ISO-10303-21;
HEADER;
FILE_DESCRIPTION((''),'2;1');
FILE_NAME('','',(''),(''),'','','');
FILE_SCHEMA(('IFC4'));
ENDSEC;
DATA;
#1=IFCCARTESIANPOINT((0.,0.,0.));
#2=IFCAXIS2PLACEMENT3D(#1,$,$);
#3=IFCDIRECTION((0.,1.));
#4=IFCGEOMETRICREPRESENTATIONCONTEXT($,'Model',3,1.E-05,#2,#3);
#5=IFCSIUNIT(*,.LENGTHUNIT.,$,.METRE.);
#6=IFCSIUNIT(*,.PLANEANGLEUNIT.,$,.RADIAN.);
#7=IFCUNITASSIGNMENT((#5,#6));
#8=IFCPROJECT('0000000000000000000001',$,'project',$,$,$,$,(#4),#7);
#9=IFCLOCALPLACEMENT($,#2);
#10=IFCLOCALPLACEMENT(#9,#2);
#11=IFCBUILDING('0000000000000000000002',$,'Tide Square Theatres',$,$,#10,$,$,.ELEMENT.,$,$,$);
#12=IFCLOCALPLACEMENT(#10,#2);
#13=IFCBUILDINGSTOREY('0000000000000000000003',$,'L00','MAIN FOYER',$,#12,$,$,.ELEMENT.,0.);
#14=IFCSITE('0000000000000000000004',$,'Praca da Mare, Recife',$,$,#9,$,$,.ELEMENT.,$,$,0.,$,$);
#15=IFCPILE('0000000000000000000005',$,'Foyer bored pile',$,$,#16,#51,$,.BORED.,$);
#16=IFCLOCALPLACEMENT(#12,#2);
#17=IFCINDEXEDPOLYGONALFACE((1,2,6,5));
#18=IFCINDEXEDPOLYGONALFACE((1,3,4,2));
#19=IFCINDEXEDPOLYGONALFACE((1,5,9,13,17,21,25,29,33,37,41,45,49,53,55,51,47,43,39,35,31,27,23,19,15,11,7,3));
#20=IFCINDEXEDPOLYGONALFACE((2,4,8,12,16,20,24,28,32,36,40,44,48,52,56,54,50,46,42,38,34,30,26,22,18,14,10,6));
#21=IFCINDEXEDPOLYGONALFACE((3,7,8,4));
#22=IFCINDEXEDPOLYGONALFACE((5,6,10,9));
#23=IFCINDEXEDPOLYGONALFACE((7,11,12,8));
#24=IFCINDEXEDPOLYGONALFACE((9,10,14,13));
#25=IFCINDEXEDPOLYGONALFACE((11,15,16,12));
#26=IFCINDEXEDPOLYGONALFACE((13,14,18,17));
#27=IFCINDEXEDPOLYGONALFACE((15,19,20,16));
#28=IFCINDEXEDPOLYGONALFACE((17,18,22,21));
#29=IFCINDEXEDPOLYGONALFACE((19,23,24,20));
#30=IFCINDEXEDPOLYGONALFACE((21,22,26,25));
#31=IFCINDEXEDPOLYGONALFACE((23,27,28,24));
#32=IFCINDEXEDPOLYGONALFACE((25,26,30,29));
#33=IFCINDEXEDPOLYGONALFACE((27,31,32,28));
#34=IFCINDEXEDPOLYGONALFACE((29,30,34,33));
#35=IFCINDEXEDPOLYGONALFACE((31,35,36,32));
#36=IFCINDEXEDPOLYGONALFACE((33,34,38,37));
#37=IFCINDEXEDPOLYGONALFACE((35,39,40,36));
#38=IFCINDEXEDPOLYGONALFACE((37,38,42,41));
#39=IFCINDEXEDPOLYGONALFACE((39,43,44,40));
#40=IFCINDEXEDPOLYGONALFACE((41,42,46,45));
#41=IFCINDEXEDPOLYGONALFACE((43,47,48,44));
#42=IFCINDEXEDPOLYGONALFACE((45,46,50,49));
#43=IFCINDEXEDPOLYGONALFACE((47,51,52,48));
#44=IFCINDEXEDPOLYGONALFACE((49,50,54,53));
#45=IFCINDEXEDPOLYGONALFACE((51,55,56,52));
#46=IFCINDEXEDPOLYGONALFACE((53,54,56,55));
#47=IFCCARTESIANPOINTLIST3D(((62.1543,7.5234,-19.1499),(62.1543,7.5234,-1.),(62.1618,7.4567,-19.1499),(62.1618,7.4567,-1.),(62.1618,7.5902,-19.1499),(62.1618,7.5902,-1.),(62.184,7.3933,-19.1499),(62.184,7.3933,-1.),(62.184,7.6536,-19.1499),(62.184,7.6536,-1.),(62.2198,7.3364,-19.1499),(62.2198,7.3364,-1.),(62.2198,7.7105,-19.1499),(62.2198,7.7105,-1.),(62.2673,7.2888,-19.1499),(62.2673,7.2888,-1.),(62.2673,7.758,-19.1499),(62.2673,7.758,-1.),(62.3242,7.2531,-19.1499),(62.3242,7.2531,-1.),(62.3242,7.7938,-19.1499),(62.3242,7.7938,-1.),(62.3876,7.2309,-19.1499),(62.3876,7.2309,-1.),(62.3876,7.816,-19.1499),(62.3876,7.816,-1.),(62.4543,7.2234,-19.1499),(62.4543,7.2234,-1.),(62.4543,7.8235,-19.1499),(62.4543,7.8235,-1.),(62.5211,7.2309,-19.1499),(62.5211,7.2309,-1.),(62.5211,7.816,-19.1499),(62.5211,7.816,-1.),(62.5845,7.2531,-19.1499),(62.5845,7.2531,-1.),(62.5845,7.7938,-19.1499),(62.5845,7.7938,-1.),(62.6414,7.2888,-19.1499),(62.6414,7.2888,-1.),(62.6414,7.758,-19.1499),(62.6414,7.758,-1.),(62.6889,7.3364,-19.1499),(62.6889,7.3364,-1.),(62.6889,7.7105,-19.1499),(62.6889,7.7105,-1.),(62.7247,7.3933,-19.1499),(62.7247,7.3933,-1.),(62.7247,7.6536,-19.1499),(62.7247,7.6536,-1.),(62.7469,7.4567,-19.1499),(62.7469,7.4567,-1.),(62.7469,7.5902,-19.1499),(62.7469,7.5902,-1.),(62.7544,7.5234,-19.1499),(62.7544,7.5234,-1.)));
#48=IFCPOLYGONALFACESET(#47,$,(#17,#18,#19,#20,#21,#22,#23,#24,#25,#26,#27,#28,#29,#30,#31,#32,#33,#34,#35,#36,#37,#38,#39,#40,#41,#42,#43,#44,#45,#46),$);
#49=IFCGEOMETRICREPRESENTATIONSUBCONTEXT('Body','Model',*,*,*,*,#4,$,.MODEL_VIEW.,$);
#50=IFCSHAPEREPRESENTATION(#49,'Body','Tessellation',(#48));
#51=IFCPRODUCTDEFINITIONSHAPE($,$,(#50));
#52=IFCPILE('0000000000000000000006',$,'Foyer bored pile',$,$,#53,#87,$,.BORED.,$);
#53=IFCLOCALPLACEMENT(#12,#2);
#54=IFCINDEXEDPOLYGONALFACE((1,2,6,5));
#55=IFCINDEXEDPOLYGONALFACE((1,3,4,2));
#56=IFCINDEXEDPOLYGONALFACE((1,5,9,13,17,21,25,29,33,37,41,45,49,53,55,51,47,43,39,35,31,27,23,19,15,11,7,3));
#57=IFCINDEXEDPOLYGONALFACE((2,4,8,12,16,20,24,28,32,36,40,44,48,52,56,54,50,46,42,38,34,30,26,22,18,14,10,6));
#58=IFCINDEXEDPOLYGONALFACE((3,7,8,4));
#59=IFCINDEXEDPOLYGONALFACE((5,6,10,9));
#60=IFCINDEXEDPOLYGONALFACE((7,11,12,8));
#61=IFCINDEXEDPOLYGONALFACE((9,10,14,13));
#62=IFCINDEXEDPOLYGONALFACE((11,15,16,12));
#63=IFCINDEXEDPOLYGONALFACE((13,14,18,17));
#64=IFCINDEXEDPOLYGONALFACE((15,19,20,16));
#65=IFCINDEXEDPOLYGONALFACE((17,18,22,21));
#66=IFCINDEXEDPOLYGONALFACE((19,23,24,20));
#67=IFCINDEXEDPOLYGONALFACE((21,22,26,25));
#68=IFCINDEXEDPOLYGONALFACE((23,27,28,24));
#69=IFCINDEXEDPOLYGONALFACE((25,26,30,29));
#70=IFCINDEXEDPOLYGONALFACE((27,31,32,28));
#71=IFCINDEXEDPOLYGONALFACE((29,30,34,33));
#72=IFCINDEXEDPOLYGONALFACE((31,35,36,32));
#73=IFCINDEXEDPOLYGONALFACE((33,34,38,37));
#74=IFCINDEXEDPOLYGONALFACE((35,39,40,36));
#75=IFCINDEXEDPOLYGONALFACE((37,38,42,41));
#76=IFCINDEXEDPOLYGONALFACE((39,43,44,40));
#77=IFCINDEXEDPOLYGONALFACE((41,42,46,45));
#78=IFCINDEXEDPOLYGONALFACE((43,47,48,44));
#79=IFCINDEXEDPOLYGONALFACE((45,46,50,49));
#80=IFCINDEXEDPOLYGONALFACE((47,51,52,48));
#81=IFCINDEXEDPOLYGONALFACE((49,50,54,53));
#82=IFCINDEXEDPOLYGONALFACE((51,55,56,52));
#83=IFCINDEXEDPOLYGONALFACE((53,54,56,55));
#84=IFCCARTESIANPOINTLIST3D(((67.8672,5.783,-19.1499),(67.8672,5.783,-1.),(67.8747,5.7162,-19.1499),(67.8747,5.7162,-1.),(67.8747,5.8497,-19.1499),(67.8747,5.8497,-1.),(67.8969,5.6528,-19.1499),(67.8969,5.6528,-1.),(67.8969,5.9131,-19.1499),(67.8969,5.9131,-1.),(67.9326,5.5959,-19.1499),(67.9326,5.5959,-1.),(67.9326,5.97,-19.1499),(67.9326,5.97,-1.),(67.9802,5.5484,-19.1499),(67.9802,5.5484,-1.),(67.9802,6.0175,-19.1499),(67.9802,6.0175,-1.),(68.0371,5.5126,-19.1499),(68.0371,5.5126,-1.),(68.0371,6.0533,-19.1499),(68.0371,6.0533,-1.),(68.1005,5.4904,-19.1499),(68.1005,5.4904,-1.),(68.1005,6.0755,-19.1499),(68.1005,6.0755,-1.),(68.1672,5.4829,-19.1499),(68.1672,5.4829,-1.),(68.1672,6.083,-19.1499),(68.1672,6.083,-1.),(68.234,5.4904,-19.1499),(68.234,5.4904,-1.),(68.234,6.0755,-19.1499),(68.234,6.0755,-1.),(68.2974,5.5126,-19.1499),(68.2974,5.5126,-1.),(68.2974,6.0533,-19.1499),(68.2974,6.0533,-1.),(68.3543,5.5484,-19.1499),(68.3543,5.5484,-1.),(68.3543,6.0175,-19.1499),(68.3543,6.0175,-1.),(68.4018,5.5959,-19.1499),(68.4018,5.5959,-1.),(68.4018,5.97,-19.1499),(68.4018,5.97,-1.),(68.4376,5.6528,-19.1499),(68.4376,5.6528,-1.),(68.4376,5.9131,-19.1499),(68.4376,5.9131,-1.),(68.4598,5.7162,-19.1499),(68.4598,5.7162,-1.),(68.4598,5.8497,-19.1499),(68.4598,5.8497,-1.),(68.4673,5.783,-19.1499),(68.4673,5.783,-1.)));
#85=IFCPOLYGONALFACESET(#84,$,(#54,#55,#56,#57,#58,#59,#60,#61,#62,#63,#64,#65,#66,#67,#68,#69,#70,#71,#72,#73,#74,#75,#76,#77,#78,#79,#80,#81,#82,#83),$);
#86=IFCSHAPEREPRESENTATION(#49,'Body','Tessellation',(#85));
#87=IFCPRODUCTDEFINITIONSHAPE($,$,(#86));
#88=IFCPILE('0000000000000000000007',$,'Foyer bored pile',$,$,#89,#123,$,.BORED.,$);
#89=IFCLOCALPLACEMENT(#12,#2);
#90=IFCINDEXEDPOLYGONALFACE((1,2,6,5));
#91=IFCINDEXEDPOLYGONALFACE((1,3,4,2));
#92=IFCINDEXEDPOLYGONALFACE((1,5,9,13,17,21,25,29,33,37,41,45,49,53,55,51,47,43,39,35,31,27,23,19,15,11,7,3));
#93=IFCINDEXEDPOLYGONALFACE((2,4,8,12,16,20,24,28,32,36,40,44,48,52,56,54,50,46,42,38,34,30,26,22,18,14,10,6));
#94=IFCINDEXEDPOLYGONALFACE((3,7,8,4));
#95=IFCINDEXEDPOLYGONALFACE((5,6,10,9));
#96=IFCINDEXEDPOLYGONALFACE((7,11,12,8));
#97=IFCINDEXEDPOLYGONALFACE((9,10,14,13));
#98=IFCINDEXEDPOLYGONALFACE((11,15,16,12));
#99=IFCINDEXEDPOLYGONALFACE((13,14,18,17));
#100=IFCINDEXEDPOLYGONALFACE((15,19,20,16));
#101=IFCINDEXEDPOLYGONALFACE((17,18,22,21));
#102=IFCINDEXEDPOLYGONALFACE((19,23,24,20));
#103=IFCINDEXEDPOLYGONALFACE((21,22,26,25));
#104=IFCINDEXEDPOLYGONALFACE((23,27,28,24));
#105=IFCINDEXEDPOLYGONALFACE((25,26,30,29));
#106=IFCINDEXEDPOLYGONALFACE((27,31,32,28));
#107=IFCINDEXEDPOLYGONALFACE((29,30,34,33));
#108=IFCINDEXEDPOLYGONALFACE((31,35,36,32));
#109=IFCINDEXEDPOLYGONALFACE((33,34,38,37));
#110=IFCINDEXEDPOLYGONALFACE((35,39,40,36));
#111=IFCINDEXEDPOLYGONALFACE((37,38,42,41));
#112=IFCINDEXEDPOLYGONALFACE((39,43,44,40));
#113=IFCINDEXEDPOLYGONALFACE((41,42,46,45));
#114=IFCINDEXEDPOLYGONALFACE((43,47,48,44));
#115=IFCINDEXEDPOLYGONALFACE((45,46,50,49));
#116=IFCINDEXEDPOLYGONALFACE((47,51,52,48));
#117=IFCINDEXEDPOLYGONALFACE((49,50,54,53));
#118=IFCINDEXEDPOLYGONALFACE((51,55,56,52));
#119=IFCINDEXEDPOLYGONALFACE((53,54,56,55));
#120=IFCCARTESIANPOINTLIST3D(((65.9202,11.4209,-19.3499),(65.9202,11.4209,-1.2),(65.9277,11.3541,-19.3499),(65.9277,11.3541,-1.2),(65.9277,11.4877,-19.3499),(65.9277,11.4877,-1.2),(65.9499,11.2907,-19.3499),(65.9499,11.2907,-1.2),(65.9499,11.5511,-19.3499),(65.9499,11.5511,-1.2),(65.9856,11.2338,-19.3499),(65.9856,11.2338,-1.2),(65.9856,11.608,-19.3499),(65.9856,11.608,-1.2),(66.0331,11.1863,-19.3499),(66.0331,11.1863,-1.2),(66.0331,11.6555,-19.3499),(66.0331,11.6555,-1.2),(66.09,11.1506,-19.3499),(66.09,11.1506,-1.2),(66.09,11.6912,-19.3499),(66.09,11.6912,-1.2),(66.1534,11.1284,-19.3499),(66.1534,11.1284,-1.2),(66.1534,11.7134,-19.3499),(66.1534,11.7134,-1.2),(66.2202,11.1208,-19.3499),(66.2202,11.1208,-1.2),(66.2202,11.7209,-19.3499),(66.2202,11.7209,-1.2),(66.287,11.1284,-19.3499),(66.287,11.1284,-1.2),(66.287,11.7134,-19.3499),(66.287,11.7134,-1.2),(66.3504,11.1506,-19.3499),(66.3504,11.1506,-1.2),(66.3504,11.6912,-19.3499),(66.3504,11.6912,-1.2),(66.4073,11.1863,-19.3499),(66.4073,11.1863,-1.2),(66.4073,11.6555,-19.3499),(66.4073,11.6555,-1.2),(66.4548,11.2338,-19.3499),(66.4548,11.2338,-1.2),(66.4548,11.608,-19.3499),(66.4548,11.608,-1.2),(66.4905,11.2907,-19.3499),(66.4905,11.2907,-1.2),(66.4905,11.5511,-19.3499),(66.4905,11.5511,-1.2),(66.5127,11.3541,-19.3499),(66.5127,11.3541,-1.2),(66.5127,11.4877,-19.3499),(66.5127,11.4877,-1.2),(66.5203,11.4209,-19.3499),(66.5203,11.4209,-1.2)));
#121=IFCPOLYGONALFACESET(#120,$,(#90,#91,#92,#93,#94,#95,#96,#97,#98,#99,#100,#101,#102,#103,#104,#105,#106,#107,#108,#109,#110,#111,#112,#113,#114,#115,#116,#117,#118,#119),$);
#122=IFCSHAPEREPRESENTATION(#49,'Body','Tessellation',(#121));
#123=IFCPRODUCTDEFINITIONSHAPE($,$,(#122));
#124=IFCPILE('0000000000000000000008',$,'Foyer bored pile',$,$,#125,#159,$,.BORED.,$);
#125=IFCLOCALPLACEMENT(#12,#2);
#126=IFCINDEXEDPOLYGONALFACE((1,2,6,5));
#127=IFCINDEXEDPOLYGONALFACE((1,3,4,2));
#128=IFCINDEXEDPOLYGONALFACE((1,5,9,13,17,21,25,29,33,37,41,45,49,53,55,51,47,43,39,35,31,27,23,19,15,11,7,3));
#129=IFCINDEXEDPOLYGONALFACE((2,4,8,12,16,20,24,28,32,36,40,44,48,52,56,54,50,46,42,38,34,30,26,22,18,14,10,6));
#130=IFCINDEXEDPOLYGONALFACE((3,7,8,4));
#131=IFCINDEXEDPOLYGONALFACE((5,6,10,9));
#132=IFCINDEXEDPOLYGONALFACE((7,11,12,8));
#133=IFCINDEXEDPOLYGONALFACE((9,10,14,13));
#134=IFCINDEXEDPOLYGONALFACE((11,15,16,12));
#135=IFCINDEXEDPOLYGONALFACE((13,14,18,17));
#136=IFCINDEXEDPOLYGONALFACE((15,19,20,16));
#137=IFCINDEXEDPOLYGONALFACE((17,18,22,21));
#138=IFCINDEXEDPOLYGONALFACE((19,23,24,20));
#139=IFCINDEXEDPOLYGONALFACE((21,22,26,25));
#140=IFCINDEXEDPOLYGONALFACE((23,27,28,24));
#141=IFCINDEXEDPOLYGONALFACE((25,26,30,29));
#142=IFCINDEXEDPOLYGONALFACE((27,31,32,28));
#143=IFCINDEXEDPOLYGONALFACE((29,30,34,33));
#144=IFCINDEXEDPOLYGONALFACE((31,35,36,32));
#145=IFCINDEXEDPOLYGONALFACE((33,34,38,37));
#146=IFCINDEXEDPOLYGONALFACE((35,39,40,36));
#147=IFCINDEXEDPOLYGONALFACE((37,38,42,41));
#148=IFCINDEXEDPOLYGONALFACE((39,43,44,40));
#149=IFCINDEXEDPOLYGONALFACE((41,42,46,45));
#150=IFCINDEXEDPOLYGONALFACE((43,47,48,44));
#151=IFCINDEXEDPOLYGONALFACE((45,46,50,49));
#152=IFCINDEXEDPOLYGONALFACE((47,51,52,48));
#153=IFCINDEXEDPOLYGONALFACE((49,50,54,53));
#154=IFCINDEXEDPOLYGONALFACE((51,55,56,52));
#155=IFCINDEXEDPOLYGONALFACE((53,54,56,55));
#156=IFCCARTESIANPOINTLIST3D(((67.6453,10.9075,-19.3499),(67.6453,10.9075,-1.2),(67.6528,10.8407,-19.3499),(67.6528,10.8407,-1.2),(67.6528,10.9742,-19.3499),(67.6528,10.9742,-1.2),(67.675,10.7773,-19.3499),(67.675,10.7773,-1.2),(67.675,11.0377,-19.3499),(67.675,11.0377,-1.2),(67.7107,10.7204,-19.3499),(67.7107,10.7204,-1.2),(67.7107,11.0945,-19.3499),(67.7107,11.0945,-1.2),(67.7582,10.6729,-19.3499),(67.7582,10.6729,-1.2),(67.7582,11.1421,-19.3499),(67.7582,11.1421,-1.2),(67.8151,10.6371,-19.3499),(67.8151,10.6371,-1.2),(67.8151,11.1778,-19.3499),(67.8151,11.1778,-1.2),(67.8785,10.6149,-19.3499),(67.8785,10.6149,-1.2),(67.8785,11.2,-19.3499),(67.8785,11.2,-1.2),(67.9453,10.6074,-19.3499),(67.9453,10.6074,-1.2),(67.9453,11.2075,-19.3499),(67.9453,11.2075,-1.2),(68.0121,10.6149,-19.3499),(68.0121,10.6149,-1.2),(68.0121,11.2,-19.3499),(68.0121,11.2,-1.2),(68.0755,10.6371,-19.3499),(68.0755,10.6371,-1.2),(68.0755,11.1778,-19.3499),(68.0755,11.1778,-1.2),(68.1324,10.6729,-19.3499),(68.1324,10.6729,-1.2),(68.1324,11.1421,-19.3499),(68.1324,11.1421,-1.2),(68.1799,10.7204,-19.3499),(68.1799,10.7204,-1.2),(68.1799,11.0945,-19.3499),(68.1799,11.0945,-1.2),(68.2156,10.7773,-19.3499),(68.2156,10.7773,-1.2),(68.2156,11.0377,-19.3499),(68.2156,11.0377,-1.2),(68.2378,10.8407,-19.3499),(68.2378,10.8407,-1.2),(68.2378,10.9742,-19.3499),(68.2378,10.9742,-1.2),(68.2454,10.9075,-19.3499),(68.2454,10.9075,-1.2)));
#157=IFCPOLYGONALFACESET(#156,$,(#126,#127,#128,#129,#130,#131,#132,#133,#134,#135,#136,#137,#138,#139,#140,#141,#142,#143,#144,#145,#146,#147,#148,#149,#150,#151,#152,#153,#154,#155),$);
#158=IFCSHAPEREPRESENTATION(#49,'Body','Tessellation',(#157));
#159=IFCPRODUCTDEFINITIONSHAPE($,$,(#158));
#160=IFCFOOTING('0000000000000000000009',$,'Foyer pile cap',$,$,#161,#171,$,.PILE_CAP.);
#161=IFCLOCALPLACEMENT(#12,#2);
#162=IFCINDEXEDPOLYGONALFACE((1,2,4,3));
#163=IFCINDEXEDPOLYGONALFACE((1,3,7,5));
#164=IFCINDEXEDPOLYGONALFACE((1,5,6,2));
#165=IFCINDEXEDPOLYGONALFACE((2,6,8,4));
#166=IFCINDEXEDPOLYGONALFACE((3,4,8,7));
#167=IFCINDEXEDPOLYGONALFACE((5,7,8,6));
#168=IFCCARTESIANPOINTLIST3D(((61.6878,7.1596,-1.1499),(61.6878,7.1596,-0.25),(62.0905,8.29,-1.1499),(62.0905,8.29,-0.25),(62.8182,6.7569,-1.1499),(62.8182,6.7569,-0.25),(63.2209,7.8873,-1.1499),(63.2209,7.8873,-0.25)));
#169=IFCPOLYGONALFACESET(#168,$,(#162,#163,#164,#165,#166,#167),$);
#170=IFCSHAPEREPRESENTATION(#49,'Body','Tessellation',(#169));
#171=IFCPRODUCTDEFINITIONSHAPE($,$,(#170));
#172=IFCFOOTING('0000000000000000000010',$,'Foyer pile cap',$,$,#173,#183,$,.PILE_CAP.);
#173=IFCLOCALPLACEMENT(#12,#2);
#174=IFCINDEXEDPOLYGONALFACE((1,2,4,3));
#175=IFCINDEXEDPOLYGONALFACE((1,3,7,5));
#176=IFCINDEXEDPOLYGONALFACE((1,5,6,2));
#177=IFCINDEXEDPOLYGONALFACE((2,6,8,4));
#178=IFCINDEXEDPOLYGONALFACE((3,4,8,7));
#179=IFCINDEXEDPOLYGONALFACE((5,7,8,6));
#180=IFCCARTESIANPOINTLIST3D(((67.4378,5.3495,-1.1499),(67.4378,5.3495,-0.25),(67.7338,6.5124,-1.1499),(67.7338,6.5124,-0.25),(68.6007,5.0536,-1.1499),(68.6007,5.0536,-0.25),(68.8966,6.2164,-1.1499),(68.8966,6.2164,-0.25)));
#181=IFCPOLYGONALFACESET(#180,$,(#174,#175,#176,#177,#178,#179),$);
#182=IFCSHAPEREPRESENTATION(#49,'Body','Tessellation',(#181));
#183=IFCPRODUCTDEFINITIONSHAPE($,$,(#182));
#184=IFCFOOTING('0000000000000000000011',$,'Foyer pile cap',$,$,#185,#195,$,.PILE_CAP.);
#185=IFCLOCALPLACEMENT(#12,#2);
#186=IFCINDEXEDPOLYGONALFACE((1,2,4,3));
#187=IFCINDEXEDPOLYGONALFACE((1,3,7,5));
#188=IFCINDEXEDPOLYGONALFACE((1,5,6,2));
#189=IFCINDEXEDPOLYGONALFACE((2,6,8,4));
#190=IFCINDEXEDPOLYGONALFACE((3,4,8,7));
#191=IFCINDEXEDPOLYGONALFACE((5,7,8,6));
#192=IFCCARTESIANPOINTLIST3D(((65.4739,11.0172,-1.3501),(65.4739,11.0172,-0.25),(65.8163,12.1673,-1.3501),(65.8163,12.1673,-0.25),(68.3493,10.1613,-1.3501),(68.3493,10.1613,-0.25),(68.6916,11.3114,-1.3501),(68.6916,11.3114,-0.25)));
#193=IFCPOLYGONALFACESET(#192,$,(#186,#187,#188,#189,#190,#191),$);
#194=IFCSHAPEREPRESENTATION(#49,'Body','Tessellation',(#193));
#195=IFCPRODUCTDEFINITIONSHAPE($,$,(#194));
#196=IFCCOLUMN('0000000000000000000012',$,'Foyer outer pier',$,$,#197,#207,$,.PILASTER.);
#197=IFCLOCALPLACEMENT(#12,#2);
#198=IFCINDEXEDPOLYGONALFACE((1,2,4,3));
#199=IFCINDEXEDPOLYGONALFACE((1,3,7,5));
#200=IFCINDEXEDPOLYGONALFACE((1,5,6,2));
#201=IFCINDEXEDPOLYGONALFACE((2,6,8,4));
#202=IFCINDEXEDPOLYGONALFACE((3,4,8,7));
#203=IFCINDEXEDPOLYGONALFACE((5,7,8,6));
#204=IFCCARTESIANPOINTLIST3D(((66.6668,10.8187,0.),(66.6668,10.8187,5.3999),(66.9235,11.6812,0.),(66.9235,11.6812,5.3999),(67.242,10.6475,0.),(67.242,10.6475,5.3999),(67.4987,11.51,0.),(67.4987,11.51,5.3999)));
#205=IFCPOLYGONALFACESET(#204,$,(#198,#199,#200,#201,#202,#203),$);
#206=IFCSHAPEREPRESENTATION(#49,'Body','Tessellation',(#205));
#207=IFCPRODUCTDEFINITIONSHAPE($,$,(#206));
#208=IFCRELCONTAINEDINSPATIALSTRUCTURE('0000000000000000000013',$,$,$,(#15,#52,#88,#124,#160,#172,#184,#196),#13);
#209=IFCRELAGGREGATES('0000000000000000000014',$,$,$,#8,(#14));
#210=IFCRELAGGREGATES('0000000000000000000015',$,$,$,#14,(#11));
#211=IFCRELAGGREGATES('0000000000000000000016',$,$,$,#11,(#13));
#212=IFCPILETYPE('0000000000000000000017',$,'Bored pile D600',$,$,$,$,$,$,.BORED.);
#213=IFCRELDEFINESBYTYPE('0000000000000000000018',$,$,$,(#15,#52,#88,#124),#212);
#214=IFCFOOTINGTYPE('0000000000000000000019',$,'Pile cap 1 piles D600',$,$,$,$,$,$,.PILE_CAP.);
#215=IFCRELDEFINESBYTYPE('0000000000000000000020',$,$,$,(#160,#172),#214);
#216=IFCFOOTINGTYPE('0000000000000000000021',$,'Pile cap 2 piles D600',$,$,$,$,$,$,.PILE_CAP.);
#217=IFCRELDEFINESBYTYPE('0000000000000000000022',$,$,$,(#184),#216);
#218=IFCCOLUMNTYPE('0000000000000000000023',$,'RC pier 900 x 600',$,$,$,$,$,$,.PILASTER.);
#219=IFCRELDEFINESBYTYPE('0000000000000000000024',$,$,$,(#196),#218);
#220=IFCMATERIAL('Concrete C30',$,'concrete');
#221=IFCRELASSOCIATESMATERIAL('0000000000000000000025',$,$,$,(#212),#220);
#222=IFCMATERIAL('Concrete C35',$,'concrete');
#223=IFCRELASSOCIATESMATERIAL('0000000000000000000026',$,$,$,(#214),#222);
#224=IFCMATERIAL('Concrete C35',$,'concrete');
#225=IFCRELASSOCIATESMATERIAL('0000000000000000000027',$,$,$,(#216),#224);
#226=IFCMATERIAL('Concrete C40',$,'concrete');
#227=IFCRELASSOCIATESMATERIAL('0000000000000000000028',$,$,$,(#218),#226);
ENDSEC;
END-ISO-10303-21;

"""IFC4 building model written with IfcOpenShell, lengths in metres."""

from ifc_helpers import new_model, si_unit, direction, frame, origin, origin_2d, place, context, subcontext, project, spatial, rectangle, circle, extrude, material, material_profile, profile_set, type_object, element, save


model = new_model("IFC4")

# Units and contexts
model_context = context("Model", 3, precision=1e-05, world=origin(), true_north=direction((0.0, 1.0)))
body_context = subcontext(model_context, "Body", "Model", "MODEL_VIEW")
ifc_project = project(units=[si_unit("LENGTHUNIT", "METRE"), si_unit("PLANEANGLEUNIT", "RADIAN")], contexts=[model_context])

# Site, building, storey
site_placement = place(None, origin())
site = spatial("IfcSite", under=ifc_project, at=site_placement, Name="Praca da Mare, Recife", CompositionType="ELEMENT", RefElevation=0.0)
building_placement = place(site_placement, origin())
building = spatial("IfcBuilding", under=site, at=building_placement, Name="Tide Square Theatres", CompositionType="ELEMENT")
storey_placement = place(building_placement, origin())
storey = spatial("IfcBuildingStorey", under=building, at=storey_placement, Name="L00", Description="MAIN FOYER", CompositionType="ELEMENT", Elevation=0.0)

# Piles
ifc_material_1 = material(Name="Concrete C30", Category="concrete")
ifc_material_profile_1 = material_profile(ifc_material_1, circle(Radius=0.3, at=origin_2d()))
ifc_profile_set_1 = profile_set([ifc_material_profile_1], Name="Concrete C30")
pile_type = type_object("IfcPileType", Name="Bored pile D600", PredefinedType="BORED", material=ifc_profile_set_1)
for number, where, z_axis, x_axis, name in (
    (1, (62.4543, 7.5234, -1.0), (0.0, 0.0, -1.0), (1.0, 0.0, 0.0), "Foyer bored pile"),
    (2, (68.1672, 5.783, -1.0), (0.0, 0.0, -1.0), (1.0, 0.0, 0.0), "Foyer bored pile"),
    (3, (66.2202, 11.4209, -1.2), (0.0, 0.0, -1.0), (1.0, 0.0, 0.0), "Foyer bored pile"),
    (4, (67.9453, 10.9075, -1.2), (0.0, 0.0, -1.0), (1.0, 0.0, 0.0), "Foyer bored pile"),
):
    element("IfcPile", number, at=place(storey_placement, frame(where, z_axis=z_axis, x_axis=x_axis)), inside=storey, type_object=pile_type, Name=name, PredefinedType="BORED", context=body_context, shape_type="SweptSolid", body=[
        extrude(circle(Radius=0.3, at=origin_2d()), origin(), (0.0, 0.0, 1.0), 18.1499),
    ])

# Footings
ifc_material_2 = material(Name="Concrete C35", Category="concrete")
footing_type_1 = type_object("IfcFootingType", Name="Pile cap 1 piles D600", PredefinedType="PILE_CAP", material=ifc_material_2)
for number, where, z_axis, x_axis, name in (
    (5, (62.4543, 7.5234, -1.1499), (0.0, 0.0, 1.0), (0.942004, -0.335603, 0.0), "Foyer pile cap"),
    (6, (68.1672, 5.783, -1.1499), (0.0, 0.0, 1.0), (0.969113, -0.246617, 0.0), "Foyer pile cap"),
):
    element("IfcFooting", number, at=place(storey_placement, frame(where, z_axis=z_axis, x_axis=x_axis)), inside=storey, type_object=footing_type_1, Name=name, PredefinedType="PILE_CAP", context=body_context, shape_type="SweptSolid", body=[
        extrude(rectangle(XDim=1.2, YDim=1.2, at=origin_2d()), origin(), (0.0, 0.0, 1.0), 0.8999),
    ])
ifc_material_3 = material(Name="Concrete C35", Category="concrete")
footing_type_2 = type_object("IfcFootingType", Name="Pile cap 2 piles D600", PredefinedType="PILE_CAP", material=ifc_material_3)
footing_placement = place(storey_placement, frame((67.0828, 11.1643, -1.3501), z_axis=(0.0, 0.0, 1.0), x_axis=(0.958444, -0.285282, 0.0)))
element("IfcFooting", 7, at=footing_placement, inside=storey, type_object=footing_type_2, Name="Foyer pile cap", PredefinedType="PILE_CAP", context=body_context, shape_type="SweptSolid", body=[
    extrude(rectangle(XDim=3.0, YDim=1.2, at=origin_2d()), origin(), (0.0, 0.0, 1.0), 1.1001),
])

# Column
ifc_material_4 = material(Name="Concrete C40", Category="concrete")
ifc_material_profile_2 = material_profile(ifc_material_4, rectangle(XDim=0.8999, YDim=0.6001, at=origin_2d()))
ifc_profile_set_2 = profile_set([ifc_material_profile_2], Name="Concrete C40")
column_type_1 = type_object("IfcColumnType", Name="RC pier 900 x 600", PredefinedType="PILASTER", material=ifc_profile_set_2)
column_placement = place(storey_placement, frame((67.0828, 11.1643, 0.0), z_axis=(0.0, 0.0, 1.0), x_axis=(-0.285282, -0.958444, 0.0)))
element("IfcColumn", 8, at=column_placement, inside=storey, type_object=column_type_1, Name="Foyer outer pier", PredefinedType="PILASTER", context=body_context, shape_type="SweptSolid", body=[
    extrude(rectangle(XDim=0.8999, YDim=0.6001, at=origin_2d()), origin(), (0.0, 0.0, 1.0), 5.3999),
])

save(model, "model.ifc")
